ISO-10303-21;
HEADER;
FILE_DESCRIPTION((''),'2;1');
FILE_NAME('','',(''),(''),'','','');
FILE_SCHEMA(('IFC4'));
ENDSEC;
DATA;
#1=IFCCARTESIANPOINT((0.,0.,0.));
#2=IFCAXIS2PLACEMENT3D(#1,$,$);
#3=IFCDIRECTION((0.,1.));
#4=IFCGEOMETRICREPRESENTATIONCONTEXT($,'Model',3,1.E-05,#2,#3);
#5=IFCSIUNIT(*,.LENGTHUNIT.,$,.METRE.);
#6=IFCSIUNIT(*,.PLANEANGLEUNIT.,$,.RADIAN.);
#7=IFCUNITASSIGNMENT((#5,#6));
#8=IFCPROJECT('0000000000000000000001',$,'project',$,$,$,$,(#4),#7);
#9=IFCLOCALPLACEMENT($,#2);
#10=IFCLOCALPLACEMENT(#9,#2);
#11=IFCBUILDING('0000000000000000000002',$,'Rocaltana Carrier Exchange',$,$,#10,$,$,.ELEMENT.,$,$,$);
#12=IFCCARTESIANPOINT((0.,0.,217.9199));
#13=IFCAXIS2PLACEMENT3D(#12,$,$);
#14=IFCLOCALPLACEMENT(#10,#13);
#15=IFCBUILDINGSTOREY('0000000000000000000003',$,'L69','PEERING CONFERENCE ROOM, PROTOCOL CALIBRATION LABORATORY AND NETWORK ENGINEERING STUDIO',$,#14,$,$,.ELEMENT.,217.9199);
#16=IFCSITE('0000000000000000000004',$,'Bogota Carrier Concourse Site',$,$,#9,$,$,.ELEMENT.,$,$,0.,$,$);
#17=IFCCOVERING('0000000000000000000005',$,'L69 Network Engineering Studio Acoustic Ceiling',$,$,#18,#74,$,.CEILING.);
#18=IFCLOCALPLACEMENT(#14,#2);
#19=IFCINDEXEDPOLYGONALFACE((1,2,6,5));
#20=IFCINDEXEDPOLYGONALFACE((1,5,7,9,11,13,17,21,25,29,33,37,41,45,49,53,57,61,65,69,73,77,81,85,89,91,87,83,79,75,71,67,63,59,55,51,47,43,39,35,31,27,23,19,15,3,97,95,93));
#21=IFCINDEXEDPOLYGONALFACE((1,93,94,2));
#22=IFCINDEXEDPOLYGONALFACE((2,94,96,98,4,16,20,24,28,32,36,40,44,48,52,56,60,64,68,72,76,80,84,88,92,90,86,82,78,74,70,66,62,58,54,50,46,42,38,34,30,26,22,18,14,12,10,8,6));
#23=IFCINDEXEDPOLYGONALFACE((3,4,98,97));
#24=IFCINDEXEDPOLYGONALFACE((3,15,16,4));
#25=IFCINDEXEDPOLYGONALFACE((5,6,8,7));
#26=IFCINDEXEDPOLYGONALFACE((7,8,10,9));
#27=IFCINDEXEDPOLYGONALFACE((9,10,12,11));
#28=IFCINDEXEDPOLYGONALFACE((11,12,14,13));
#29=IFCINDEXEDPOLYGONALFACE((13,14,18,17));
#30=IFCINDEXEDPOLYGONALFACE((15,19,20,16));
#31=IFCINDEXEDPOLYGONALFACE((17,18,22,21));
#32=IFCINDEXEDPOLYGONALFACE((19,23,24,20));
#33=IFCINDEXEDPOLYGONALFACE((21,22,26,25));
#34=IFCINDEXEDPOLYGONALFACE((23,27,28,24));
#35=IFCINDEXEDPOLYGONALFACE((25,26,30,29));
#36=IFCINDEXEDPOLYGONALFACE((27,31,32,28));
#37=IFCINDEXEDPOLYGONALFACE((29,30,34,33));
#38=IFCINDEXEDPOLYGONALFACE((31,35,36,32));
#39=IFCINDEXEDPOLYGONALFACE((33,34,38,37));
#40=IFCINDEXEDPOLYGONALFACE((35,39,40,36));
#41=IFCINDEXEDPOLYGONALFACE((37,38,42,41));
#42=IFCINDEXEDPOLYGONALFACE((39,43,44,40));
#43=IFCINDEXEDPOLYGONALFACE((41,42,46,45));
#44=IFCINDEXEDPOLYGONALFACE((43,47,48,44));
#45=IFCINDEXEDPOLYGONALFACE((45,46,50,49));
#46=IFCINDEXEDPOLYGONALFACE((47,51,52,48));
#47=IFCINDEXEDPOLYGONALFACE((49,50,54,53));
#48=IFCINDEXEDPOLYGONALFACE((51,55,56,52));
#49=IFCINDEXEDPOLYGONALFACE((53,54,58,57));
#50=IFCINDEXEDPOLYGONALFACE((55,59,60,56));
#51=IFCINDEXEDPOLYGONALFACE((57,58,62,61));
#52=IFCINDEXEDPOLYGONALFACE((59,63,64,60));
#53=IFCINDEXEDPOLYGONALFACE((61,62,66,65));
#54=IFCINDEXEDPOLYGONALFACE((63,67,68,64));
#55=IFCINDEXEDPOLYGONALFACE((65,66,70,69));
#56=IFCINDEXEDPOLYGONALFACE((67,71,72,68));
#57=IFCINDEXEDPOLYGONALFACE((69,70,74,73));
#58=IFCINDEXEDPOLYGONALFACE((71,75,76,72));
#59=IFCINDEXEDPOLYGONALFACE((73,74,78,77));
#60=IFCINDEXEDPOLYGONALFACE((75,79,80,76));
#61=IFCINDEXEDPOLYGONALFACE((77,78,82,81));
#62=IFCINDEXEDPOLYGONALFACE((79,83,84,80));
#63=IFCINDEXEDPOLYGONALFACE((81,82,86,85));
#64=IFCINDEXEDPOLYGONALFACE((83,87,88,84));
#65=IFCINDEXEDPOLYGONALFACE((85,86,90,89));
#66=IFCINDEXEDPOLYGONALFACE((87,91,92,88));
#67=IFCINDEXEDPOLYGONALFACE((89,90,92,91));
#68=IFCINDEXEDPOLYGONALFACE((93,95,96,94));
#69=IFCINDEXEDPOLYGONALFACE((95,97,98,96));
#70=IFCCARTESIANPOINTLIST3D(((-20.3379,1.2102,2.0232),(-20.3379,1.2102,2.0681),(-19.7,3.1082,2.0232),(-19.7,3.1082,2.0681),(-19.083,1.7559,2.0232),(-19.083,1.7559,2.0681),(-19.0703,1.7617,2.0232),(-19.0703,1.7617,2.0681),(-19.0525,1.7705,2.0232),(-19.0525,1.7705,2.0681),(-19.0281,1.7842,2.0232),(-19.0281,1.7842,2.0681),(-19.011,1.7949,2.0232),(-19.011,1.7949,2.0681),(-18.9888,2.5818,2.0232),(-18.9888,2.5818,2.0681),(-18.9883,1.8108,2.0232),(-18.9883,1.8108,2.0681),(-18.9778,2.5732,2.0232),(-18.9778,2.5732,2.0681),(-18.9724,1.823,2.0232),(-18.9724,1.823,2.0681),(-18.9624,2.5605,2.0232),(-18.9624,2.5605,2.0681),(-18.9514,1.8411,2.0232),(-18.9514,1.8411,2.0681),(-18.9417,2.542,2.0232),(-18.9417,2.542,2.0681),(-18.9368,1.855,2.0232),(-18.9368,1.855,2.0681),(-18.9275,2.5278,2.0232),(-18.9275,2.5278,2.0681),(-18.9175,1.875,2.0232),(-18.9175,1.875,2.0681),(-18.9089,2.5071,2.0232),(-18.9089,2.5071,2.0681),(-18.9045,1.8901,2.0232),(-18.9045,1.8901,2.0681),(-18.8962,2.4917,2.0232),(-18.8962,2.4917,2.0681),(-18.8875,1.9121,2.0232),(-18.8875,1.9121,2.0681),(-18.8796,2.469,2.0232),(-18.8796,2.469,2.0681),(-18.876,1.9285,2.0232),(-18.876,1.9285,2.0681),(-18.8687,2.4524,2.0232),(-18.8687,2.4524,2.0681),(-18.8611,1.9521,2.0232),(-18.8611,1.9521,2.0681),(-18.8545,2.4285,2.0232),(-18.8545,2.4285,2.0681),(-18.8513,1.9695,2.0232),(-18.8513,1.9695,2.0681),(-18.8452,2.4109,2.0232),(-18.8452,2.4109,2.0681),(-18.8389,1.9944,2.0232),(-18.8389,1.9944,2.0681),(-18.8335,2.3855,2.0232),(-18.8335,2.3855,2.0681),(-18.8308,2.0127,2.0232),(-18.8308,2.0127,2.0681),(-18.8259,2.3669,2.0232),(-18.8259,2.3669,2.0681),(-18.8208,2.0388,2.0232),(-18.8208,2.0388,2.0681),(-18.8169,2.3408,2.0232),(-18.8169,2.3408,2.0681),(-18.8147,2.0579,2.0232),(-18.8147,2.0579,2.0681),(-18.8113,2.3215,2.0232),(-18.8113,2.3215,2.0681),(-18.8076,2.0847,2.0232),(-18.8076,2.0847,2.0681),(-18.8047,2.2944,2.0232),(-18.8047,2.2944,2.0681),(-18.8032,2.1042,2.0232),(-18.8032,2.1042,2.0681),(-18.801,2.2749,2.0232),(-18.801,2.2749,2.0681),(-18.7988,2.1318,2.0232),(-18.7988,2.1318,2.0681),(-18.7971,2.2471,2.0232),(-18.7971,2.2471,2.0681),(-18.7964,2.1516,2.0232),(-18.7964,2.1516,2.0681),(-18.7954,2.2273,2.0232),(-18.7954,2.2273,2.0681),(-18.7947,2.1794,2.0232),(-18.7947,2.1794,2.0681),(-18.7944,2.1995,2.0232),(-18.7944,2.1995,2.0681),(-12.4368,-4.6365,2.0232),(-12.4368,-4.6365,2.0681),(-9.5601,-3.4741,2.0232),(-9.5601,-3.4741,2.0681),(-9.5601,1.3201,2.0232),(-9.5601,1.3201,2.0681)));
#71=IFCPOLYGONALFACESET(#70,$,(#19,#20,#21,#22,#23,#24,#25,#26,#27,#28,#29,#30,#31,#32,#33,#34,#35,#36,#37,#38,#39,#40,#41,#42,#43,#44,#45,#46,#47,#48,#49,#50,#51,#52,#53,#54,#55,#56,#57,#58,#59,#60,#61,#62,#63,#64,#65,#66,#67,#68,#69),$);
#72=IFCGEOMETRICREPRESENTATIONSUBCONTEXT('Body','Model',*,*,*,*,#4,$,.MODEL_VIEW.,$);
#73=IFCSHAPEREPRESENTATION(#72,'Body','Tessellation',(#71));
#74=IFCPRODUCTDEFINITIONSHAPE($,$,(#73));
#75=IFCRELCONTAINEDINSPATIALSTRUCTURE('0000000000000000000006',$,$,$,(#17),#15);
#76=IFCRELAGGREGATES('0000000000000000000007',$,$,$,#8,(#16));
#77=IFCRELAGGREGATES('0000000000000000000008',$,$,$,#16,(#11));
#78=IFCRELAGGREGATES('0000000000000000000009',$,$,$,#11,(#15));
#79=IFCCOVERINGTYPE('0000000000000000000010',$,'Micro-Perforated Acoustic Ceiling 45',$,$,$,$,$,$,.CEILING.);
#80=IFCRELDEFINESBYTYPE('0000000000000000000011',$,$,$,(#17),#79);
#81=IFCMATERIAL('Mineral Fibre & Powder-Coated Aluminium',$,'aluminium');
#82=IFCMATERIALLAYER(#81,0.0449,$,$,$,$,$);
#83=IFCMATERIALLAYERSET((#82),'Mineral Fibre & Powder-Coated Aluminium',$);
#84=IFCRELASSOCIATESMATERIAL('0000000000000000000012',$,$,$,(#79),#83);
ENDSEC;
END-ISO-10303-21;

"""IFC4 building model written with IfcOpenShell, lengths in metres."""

from ifc_helpers import new_model, si_unit, direction, frame, origin, place, context, subcontext, project, spatial, polyline, outline, extrude, material, layer, layer_set, type_object, element, save


model = new_model("IFC4")

# Units and contexts
model_context = context("Model", 3, precision=1e-05, world=origin(), true_north=direction((0.0, 1.0)))
body_context = subcontext(model_context, "Body", "Model", "MODEL_VIEW")
ifc_project = project(units=[si_unit("LENGTHUNIT", "METRE"), si_unit("PLANEANGLEUNIT", "RADIAN")], contexts=[model_context])

# Site, building, storey
site_placement = place(None, origin())
site = spatial("IfcSite", under=ifc_project, at=site_placement, Name="Bogota Carrier Concourse Site", CompositionType="ELEMENT", RefElevation=0.0)
building_placement = place(site_placement, origin())
building = spatial("IfcBuilding", under=site, at=building_placement, Name="Rocaltana Carrier Exchange", CompositionType="ELEMENT")
storey_placement = place(building_placement, frame((0.0, 0.0, 217.9199)))
storey = spatial("IfcBuildingStorey", under=building, at=storey_placement, Name="L69", Description="PEERING CONFERENCE ROOM, PROTOCOL CALIBRATION LABORATORY AND NETWORK ENGINEERING STUDIO", CompositionType="ELEMENT", Elevation=217.9199)

# Covering
ifc_material_1 = material(Name="Mineral Fibre & Powder-Coated Aluminium", Category="aluminium")
ifc_layer_1 = layer(ifc_material_1, 0.0449)
ifc_layer_set_1 = layer_set([ifc_layer_1], Name="Mineral Fibre & Powder-Coated Aluminium")
covering_type_1 = type_object("IfcCoveringType", Name="Micro-Perforated Acoustic Ceiling 45", PredefinedType="CEILING", material=ifc_layer_set_1)
covering_1_placement = place(storey_placement, frame((0.0, 0.0, 2.0232)))
element("IfcCovering", 1, at=covering_1_placement, inside=storey, type_object=covering_type_1, Name="L69 Network Engineering Studio Acoustic Ceiling", PredefinedType="CEILING", context=body_context, shape_type="SweptSolid", body=[
    extrude(outline(polyline([(-19.7, 3.1082), (-9.5601, 1.3201), (-9.5601, -3.4741), (-12.4368, -4.6365), (-20.3379, 1.2102), (-19.083, 1.7559), (-19.0703, 1.7617), (-19.0525, 1.7705), (-19.0281, 1.7842), (-19.011, 1.7949), (-18.9883, 1.8108), (-18.9724, 1.823), (-18.9514, 1.8411), (-18.9368, 1.855), (-18.9175, 1.875), (-18.9045, 1.8901), (-18.8875, 1.9121), (-18.876, 1.9285), (-18.8611, 1.9521), (-18.8513, 1.9695), (-18.8389, 1.9944), (-18.8308, 2.0127), (-18.8208, 2.0388), (-18.8147, 2.0579), (-18.8076, 2.0847), (-18.8032, 2.1042), (-18.7988, 2.1318), (-18.7964, 2.1516), (-18.7947, 2.1794), (-18.7944, 2.1995), (-18.7954, 2.2273), (-18.7971, 2.2471), (-18.801, 2.2749), (-18.8047, 2.2944), (-18.8113, 2.3215), (-18.8169, 2.3408), (-18.8259, 2.3669), (-18.8335, 2.3855), (-18.8452, 2.4109), (-18.8545, 2.4285), (-18.8687, 2.4524), (-18.8796, 2.469), (-18.8962, 2.4917), (-18.9089, 2.5071), (-18.9275, 2.5278), (-18.9417, 2.542), (-18.9624, 2.5605), (-18.9778, 2.5732), (-18.9888, 2.5818), (-19.7, 3.1082)])), origin(), (0.0, 0.0, 1.0), 0.0449),
])

save(model, "model.ifc")
